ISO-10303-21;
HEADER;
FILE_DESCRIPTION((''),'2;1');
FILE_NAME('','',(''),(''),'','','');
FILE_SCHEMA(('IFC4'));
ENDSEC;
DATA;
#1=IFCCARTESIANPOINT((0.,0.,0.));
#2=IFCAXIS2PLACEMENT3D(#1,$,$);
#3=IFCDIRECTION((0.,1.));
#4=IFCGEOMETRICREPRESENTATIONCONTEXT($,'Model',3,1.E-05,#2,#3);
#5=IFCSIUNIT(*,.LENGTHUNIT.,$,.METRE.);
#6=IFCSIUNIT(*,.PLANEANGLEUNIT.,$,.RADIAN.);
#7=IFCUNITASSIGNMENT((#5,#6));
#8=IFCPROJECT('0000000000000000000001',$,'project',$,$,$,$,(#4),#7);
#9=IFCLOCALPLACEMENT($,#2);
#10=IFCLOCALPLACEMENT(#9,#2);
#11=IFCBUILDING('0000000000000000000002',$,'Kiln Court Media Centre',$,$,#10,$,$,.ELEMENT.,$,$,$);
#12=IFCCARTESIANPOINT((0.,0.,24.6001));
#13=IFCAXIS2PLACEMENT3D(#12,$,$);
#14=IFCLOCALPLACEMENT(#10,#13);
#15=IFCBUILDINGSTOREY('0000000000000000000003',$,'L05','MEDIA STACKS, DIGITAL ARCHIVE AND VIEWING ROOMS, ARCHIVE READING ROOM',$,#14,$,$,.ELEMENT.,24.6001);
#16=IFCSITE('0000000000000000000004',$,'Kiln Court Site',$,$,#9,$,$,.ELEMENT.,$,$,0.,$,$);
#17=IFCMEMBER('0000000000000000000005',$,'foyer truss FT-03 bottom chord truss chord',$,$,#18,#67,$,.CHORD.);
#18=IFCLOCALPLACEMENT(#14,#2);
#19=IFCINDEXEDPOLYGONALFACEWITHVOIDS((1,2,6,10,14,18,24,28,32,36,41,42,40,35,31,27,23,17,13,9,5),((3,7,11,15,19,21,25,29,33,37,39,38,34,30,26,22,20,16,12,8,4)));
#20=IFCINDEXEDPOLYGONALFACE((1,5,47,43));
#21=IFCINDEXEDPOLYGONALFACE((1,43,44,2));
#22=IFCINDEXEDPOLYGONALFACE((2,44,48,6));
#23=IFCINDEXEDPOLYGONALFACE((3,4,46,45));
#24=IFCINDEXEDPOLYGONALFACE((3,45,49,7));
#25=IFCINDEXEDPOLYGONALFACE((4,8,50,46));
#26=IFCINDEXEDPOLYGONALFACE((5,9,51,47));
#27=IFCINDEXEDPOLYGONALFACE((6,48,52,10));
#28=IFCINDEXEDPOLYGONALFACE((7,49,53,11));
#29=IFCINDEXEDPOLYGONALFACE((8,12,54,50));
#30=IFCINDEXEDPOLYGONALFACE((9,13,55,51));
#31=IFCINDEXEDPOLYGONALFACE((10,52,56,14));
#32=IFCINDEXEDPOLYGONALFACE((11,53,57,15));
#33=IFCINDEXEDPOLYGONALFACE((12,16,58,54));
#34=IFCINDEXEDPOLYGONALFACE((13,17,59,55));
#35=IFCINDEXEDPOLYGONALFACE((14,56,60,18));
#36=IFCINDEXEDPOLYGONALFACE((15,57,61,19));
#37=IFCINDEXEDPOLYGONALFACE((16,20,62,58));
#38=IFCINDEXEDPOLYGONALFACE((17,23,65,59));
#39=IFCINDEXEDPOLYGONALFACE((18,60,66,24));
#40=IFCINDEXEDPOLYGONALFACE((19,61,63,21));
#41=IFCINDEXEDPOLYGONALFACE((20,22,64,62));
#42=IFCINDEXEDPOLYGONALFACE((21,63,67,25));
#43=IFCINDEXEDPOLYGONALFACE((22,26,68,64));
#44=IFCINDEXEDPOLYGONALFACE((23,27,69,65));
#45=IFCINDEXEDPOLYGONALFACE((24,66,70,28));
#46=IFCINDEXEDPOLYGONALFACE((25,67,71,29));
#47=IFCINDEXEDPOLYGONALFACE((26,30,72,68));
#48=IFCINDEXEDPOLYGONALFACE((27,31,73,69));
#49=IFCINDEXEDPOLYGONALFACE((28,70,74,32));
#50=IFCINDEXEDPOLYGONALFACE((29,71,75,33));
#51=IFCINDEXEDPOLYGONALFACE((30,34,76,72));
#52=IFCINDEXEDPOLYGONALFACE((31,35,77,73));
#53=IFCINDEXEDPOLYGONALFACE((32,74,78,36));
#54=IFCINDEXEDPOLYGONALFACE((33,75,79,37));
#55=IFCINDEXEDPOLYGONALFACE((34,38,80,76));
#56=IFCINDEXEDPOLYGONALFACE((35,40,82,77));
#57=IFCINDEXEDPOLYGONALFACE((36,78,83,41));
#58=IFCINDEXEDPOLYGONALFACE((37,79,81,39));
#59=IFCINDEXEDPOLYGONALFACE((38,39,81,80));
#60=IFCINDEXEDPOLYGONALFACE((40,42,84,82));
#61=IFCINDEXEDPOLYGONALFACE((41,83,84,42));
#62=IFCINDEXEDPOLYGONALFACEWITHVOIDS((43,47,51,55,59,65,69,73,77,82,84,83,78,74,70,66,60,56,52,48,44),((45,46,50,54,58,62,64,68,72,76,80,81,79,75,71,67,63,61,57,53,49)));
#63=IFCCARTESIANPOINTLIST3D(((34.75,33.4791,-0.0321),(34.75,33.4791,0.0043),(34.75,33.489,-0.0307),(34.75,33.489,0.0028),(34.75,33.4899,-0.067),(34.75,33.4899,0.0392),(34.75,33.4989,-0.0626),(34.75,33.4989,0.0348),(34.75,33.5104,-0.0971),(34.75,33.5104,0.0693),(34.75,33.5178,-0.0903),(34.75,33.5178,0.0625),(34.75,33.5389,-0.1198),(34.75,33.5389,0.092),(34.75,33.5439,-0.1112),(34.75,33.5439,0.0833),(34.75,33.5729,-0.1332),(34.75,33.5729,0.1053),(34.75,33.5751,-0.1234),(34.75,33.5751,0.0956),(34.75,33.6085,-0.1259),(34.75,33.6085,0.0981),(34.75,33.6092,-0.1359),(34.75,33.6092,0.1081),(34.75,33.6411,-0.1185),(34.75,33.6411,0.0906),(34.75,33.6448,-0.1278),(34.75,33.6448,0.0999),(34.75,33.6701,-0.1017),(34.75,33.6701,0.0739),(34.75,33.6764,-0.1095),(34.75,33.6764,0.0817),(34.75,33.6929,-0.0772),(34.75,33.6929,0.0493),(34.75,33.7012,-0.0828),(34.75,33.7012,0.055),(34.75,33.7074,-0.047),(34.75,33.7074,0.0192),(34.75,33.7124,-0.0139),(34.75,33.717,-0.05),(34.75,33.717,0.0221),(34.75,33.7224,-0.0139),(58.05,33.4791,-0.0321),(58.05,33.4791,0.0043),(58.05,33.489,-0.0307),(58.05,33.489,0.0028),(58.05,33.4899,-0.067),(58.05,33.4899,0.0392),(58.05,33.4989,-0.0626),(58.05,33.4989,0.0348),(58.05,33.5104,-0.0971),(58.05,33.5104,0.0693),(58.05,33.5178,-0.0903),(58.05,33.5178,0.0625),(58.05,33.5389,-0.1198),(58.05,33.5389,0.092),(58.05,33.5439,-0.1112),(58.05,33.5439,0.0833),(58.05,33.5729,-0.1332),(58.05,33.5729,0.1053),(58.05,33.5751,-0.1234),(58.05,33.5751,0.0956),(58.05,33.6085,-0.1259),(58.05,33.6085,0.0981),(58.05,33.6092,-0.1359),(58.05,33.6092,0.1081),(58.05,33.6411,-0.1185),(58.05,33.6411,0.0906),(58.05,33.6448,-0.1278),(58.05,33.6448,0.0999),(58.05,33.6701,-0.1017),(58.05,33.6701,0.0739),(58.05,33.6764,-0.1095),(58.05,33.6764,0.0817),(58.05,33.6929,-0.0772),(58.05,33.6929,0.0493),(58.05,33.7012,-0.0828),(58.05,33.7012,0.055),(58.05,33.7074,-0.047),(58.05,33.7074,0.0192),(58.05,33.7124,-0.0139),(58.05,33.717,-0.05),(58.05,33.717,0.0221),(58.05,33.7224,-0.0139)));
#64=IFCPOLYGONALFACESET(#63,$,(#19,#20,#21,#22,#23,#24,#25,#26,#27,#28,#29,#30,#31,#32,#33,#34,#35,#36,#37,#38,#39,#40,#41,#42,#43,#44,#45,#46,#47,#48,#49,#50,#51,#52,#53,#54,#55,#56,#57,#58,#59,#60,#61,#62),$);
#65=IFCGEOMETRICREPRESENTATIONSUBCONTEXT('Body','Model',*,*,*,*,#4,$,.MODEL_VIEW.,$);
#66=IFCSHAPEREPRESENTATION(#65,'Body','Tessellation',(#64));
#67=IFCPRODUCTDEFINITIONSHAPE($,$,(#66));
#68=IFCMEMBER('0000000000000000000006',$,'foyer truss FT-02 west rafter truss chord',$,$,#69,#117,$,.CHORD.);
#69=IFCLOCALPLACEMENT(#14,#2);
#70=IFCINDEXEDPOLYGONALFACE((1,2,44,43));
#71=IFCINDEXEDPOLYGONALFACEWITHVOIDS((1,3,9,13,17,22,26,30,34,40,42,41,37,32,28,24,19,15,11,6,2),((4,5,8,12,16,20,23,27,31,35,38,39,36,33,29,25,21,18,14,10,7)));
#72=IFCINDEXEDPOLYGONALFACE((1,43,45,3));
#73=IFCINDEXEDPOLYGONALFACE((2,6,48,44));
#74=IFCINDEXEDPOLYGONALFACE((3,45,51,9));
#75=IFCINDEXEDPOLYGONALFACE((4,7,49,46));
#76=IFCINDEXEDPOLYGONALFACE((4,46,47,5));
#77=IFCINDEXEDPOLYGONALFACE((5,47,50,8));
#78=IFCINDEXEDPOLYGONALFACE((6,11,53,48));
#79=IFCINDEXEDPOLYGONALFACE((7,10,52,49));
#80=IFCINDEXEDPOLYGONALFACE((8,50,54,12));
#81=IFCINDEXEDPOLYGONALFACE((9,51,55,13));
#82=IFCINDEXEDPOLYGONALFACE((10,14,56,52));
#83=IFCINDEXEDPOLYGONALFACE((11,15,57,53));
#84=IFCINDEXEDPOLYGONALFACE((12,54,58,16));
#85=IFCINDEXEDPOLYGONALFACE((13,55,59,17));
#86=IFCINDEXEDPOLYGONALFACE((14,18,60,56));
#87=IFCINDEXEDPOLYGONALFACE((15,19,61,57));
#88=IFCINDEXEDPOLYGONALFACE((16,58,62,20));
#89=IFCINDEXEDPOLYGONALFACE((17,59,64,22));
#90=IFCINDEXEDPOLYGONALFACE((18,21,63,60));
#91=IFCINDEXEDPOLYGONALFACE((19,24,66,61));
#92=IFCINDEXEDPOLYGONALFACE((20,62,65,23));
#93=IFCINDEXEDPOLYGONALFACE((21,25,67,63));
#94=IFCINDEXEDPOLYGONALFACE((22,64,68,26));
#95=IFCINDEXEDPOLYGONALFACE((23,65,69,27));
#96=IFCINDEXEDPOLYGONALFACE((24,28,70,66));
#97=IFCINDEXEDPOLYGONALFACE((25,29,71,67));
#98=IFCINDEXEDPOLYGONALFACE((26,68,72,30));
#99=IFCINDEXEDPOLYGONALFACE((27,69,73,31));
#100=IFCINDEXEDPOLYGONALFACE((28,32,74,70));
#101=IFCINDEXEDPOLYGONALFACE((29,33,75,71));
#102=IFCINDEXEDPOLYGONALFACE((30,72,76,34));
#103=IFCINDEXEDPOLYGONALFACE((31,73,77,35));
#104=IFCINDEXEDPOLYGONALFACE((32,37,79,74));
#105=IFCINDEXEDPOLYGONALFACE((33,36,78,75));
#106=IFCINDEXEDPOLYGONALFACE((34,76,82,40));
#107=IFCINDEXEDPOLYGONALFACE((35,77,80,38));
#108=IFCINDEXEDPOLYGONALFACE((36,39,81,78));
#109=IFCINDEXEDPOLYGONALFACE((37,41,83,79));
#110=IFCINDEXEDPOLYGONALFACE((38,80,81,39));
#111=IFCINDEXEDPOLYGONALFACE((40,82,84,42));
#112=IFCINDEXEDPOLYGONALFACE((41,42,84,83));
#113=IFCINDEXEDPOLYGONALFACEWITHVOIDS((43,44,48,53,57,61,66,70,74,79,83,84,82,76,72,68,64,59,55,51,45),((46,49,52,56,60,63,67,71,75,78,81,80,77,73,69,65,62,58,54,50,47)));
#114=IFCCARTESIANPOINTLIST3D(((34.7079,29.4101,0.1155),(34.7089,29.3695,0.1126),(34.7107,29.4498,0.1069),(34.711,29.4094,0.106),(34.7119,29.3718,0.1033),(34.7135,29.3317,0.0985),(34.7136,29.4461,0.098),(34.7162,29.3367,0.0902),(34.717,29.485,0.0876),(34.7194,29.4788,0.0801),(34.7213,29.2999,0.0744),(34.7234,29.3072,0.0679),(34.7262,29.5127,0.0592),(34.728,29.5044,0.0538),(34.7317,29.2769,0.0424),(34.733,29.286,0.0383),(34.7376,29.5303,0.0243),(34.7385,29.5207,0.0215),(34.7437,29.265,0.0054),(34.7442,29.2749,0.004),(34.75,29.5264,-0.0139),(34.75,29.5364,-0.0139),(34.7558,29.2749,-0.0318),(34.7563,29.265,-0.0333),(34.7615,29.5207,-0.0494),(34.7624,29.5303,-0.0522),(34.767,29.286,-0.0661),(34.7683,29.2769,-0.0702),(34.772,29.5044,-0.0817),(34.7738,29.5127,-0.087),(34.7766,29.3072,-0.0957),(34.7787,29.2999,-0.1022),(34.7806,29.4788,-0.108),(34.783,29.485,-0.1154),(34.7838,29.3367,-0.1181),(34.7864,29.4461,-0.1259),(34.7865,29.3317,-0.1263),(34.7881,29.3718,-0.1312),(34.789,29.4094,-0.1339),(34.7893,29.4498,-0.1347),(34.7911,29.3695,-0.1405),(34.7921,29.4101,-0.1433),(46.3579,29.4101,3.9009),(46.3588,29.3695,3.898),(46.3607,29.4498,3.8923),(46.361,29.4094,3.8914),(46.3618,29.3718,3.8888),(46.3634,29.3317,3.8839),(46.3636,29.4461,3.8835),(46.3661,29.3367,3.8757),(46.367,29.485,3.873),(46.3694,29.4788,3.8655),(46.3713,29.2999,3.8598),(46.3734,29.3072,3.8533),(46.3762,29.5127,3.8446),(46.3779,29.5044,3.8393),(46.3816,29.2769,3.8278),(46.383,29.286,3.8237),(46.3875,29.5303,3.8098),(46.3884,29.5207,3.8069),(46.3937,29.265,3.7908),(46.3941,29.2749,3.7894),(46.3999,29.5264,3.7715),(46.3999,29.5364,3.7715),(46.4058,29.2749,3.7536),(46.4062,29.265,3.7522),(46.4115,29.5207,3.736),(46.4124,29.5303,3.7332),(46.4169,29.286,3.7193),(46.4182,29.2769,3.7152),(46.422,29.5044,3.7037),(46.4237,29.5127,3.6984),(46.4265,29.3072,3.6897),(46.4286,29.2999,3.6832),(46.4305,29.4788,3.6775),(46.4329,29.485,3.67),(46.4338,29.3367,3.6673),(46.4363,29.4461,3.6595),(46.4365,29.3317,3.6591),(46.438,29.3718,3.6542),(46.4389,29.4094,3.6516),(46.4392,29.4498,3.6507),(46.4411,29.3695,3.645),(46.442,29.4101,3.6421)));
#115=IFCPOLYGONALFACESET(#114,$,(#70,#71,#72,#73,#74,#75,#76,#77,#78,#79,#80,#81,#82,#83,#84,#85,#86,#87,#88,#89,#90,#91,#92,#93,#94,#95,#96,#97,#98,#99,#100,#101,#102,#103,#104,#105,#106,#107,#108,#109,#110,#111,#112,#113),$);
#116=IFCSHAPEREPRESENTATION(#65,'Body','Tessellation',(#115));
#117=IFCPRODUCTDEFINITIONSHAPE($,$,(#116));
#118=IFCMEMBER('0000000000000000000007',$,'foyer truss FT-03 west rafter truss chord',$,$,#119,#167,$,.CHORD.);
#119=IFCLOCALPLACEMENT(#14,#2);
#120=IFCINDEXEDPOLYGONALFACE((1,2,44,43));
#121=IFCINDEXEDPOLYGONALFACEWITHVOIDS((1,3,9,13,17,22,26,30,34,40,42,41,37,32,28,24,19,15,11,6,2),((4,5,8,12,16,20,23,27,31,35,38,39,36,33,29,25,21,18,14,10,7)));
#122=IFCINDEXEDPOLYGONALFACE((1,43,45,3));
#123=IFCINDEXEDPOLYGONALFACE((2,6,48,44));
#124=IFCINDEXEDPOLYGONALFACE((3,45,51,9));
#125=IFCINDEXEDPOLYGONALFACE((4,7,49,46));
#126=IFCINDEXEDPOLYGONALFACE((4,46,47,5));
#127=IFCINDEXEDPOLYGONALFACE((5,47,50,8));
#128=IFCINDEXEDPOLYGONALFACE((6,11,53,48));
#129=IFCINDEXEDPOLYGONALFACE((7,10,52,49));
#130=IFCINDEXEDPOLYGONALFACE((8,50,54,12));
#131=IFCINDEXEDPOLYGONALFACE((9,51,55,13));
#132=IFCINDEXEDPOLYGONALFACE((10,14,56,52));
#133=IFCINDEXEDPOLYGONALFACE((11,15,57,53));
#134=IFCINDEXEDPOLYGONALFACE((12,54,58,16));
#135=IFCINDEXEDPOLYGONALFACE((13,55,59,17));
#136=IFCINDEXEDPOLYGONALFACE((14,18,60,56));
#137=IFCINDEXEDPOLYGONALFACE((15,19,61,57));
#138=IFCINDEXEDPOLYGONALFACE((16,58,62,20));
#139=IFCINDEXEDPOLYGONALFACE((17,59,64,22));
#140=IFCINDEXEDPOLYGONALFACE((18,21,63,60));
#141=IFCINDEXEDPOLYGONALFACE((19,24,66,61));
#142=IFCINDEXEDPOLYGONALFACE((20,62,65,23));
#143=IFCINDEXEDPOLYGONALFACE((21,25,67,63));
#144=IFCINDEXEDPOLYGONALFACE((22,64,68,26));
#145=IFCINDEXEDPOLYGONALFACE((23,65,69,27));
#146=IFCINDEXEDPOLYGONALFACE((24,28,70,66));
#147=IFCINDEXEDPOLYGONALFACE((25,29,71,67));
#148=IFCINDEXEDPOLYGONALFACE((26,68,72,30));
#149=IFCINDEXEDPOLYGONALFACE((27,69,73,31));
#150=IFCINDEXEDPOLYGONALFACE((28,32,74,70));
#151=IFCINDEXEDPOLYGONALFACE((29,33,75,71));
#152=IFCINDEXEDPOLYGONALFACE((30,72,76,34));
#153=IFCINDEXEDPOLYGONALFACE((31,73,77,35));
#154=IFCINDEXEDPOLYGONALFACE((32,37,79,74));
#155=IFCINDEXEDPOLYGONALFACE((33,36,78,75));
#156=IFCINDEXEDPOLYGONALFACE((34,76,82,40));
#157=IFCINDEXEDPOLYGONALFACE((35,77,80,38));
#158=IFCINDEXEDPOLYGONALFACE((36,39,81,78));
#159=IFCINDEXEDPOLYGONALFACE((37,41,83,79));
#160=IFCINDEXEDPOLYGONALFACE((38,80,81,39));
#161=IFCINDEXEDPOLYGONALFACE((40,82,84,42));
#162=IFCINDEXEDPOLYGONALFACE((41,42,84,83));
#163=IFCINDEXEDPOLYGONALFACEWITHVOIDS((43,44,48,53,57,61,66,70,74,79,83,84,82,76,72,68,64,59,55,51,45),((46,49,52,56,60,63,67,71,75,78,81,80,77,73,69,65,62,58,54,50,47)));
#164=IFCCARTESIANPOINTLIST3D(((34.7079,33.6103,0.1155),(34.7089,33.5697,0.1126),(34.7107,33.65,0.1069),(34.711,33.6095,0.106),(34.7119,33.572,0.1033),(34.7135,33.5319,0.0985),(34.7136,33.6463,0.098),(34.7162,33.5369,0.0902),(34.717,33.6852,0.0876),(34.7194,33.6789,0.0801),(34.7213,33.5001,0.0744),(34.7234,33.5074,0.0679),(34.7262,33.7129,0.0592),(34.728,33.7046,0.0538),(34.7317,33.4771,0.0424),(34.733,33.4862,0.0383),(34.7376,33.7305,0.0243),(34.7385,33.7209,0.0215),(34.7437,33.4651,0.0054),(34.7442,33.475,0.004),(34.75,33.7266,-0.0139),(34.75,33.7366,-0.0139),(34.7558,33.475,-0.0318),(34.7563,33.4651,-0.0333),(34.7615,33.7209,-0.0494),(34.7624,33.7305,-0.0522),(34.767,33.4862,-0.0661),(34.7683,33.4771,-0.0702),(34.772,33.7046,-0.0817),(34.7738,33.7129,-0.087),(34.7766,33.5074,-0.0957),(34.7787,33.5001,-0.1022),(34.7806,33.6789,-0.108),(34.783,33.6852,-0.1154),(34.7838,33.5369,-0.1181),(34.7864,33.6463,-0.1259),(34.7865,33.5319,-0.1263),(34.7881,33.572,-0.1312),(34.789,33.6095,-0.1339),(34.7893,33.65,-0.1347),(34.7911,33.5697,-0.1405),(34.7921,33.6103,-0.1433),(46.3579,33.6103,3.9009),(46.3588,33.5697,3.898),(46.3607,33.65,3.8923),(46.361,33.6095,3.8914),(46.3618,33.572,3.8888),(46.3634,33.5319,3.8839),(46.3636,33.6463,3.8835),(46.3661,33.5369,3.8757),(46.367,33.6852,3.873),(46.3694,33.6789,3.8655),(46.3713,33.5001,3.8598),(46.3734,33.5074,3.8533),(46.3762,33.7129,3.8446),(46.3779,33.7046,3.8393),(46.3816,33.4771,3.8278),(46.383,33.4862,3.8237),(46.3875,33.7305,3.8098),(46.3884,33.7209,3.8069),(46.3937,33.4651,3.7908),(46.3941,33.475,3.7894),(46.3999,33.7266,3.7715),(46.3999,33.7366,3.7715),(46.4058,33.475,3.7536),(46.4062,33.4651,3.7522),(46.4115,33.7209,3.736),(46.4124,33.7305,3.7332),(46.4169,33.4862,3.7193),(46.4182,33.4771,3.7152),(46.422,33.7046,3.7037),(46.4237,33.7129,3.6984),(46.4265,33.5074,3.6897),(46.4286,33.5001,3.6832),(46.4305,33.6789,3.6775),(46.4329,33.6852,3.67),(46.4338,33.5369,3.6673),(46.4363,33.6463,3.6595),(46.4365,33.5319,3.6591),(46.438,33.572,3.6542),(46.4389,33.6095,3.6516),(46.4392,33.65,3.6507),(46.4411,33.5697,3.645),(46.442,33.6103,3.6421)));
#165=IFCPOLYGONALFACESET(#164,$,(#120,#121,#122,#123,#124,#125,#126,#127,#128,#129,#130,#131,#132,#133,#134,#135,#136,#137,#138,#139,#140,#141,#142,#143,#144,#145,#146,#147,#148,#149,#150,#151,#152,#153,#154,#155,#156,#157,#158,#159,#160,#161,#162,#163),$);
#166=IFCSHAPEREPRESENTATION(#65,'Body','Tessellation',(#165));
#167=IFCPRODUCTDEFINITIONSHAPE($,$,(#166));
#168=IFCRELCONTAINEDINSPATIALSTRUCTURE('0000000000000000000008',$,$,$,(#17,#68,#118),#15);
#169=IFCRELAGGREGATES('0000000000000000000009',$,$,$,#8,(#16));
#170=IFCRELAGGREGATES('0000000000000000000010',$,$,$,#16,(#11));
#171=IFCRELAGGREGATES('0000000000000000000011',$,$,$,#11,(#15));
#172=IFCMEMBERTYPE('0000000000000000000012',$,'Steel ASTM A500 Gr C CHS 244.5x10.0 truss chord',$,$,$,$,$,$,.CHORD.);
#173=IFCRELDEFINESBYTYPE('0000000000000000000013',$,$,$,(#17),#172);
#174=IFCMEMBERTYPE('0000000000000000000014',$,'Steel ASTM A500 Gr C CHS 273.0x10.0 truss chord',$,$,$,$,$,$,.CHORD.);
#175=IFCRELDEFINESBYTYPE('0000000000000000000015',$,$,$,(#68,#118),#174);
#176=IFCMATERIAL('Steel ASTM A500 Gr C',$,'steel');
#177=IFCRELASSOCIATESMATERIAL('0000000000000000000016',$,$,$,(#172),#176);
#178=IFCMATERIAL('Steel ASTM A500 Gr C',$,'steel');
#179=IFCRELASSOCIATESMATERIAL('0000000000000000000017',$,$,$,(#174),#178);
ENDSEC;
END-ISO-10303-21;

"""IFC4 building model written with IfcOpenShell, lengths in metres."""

from ifc_helpers import new_model, si_unit, direction, frame, origin, origin_2d, place, context, subcontext, project, spatial, hollow_circle, extrude, material, material_profile, profile_set, type_object, element, save


model = new_model("IFC4")

# Units and contexts
model_context = context("Model", 3, precision=1e-05, world=origin(), true_north=direction((0.0, 1.0)))
body_context = subcontext(model_context, "Body", "Model", "MODEL_VIEW")
ifc_project = project(units=[si_unit("LENGTHUNIT", "METRE"), si_unit("PLANEANGLEUNIT", "RADIAN")], contexts=[model_context])

# Site, building, storey
site_placement = place(None, origin())
site = spatial("IfcSite", under=ifc_project, at=site_placement, Name="Kiln Court Site", CompositionType="ELEMENT", RefElevation=0.0)
building_placement = place(site_placement, origin())
building = spatial("IfcBuilding", under=site, at=building_placement, Name="Kiln Court Media Centre", CompositionType="ELEMENT")
storey_placement = place(building_placement, frame((0.0, 0.0, 24.6001)))
storey = spatial("IfcBuildingStorey", under=building, at=storey_placement, Name="L05", Description="MEDIA STACKS, DIGITAL ARCHIVE AND VIEWING ROOMS, ARCHIVE READING ROOM", CompositionType="ELEMENT", Elevation=24.6001)

# Members
ifc_material_1 = material(Name="Steel ASTM A500 Gr C", Category="steel")
ifc_material_profile_1 = material_profile(ifc_material_1, hollow_circle(Radius=0.1223, WallThickness=0.01, at=origin_2d()), Name="CHS 244.5x10.0")
ifc_profile_set_1 = profile_set([ifc_material_profile_1], Name="Steel ASTM A500 Gr C")
member_type_1 = type_object("IfcMemberType", Name="Steel ASTM A500 Gr C CHS 244.5x10.0 truss chord", PredefinedType="CHORD", material=ifc_profile_set_1)
for number, where, z_axis, x_axis, name in (
    (1, (34.75, 33.6001, -0.0139), (1.0, 0.0, 0.0), (0.0, 1.0, 0.0), "foyer truss FT-03 bottom chord truss chord"),
):
    element("IfcMember", number, at=place(storey_placement, frame(where, z_axis=z_axis, x_axis=x_axis)), inside=storey, type_object=member_type_1, Name=name, PredefinedType="CHORD", context=body_context, shape_type="SweptSolid", body=[
        extrude(hollow_circle(Radius=0.1223, WallThickness=0.01, at=origin_2d()), origin(), (0.0, 0.0, 1.0), 23.3),
    ])
ifc_material_2 = material(Name="Steel ASTM A500 Gr C", Category="steel")
ifc_material_profile_2 = material_profile(ifc_material_2, hollow_circle(Radius=0.1365, WallThickness=0.01, at=origin_2d()), Name="CHS 273.0x10.0")
ifc_profile_set_2 = profile_set([ifc_material_profile_2], Name="Steel ASTM A500 Gr C")
member_type_2 = type_object("IfcMemberType", Name="Steel ASTM A500 Gr C CHS 273.0x10.0 truss chord", PredefinedType="CHORD", material=ifc_profile_set_2)
for number, where, z_axis, x_axis, name in (
    (2, (34.75, 29.3999, -0.0139), (0.951054, 0.0, 0.309026), (0.0, 1.0, 0.0), "foyer truss FT-02 west rafter truss chord"),
    (3, (34.75, 33.6001, -0.0139), (0.951054, 0.0, 0.309026), (0.0, 1.0, 0.0), "foyer truss FT-03 west rafter truss chord"),
):
    element("IfcMember", number, at=place(storey_placement, frame(where, z_axis=z_axis, x_axis=x_axis)), inside=storey, type_object=member_type_2, Name=name, PredefinedType="CHORD", context=body_context, shape_type="SweptSolid", body=[
        extrude(hollow_circle(Radius=0.1365, WallThickness=0.01, at=origin_2d()), origin(), (0.0, 0.0, 1.0), 12.2495),
    ])

save(model, "model.ifc")
